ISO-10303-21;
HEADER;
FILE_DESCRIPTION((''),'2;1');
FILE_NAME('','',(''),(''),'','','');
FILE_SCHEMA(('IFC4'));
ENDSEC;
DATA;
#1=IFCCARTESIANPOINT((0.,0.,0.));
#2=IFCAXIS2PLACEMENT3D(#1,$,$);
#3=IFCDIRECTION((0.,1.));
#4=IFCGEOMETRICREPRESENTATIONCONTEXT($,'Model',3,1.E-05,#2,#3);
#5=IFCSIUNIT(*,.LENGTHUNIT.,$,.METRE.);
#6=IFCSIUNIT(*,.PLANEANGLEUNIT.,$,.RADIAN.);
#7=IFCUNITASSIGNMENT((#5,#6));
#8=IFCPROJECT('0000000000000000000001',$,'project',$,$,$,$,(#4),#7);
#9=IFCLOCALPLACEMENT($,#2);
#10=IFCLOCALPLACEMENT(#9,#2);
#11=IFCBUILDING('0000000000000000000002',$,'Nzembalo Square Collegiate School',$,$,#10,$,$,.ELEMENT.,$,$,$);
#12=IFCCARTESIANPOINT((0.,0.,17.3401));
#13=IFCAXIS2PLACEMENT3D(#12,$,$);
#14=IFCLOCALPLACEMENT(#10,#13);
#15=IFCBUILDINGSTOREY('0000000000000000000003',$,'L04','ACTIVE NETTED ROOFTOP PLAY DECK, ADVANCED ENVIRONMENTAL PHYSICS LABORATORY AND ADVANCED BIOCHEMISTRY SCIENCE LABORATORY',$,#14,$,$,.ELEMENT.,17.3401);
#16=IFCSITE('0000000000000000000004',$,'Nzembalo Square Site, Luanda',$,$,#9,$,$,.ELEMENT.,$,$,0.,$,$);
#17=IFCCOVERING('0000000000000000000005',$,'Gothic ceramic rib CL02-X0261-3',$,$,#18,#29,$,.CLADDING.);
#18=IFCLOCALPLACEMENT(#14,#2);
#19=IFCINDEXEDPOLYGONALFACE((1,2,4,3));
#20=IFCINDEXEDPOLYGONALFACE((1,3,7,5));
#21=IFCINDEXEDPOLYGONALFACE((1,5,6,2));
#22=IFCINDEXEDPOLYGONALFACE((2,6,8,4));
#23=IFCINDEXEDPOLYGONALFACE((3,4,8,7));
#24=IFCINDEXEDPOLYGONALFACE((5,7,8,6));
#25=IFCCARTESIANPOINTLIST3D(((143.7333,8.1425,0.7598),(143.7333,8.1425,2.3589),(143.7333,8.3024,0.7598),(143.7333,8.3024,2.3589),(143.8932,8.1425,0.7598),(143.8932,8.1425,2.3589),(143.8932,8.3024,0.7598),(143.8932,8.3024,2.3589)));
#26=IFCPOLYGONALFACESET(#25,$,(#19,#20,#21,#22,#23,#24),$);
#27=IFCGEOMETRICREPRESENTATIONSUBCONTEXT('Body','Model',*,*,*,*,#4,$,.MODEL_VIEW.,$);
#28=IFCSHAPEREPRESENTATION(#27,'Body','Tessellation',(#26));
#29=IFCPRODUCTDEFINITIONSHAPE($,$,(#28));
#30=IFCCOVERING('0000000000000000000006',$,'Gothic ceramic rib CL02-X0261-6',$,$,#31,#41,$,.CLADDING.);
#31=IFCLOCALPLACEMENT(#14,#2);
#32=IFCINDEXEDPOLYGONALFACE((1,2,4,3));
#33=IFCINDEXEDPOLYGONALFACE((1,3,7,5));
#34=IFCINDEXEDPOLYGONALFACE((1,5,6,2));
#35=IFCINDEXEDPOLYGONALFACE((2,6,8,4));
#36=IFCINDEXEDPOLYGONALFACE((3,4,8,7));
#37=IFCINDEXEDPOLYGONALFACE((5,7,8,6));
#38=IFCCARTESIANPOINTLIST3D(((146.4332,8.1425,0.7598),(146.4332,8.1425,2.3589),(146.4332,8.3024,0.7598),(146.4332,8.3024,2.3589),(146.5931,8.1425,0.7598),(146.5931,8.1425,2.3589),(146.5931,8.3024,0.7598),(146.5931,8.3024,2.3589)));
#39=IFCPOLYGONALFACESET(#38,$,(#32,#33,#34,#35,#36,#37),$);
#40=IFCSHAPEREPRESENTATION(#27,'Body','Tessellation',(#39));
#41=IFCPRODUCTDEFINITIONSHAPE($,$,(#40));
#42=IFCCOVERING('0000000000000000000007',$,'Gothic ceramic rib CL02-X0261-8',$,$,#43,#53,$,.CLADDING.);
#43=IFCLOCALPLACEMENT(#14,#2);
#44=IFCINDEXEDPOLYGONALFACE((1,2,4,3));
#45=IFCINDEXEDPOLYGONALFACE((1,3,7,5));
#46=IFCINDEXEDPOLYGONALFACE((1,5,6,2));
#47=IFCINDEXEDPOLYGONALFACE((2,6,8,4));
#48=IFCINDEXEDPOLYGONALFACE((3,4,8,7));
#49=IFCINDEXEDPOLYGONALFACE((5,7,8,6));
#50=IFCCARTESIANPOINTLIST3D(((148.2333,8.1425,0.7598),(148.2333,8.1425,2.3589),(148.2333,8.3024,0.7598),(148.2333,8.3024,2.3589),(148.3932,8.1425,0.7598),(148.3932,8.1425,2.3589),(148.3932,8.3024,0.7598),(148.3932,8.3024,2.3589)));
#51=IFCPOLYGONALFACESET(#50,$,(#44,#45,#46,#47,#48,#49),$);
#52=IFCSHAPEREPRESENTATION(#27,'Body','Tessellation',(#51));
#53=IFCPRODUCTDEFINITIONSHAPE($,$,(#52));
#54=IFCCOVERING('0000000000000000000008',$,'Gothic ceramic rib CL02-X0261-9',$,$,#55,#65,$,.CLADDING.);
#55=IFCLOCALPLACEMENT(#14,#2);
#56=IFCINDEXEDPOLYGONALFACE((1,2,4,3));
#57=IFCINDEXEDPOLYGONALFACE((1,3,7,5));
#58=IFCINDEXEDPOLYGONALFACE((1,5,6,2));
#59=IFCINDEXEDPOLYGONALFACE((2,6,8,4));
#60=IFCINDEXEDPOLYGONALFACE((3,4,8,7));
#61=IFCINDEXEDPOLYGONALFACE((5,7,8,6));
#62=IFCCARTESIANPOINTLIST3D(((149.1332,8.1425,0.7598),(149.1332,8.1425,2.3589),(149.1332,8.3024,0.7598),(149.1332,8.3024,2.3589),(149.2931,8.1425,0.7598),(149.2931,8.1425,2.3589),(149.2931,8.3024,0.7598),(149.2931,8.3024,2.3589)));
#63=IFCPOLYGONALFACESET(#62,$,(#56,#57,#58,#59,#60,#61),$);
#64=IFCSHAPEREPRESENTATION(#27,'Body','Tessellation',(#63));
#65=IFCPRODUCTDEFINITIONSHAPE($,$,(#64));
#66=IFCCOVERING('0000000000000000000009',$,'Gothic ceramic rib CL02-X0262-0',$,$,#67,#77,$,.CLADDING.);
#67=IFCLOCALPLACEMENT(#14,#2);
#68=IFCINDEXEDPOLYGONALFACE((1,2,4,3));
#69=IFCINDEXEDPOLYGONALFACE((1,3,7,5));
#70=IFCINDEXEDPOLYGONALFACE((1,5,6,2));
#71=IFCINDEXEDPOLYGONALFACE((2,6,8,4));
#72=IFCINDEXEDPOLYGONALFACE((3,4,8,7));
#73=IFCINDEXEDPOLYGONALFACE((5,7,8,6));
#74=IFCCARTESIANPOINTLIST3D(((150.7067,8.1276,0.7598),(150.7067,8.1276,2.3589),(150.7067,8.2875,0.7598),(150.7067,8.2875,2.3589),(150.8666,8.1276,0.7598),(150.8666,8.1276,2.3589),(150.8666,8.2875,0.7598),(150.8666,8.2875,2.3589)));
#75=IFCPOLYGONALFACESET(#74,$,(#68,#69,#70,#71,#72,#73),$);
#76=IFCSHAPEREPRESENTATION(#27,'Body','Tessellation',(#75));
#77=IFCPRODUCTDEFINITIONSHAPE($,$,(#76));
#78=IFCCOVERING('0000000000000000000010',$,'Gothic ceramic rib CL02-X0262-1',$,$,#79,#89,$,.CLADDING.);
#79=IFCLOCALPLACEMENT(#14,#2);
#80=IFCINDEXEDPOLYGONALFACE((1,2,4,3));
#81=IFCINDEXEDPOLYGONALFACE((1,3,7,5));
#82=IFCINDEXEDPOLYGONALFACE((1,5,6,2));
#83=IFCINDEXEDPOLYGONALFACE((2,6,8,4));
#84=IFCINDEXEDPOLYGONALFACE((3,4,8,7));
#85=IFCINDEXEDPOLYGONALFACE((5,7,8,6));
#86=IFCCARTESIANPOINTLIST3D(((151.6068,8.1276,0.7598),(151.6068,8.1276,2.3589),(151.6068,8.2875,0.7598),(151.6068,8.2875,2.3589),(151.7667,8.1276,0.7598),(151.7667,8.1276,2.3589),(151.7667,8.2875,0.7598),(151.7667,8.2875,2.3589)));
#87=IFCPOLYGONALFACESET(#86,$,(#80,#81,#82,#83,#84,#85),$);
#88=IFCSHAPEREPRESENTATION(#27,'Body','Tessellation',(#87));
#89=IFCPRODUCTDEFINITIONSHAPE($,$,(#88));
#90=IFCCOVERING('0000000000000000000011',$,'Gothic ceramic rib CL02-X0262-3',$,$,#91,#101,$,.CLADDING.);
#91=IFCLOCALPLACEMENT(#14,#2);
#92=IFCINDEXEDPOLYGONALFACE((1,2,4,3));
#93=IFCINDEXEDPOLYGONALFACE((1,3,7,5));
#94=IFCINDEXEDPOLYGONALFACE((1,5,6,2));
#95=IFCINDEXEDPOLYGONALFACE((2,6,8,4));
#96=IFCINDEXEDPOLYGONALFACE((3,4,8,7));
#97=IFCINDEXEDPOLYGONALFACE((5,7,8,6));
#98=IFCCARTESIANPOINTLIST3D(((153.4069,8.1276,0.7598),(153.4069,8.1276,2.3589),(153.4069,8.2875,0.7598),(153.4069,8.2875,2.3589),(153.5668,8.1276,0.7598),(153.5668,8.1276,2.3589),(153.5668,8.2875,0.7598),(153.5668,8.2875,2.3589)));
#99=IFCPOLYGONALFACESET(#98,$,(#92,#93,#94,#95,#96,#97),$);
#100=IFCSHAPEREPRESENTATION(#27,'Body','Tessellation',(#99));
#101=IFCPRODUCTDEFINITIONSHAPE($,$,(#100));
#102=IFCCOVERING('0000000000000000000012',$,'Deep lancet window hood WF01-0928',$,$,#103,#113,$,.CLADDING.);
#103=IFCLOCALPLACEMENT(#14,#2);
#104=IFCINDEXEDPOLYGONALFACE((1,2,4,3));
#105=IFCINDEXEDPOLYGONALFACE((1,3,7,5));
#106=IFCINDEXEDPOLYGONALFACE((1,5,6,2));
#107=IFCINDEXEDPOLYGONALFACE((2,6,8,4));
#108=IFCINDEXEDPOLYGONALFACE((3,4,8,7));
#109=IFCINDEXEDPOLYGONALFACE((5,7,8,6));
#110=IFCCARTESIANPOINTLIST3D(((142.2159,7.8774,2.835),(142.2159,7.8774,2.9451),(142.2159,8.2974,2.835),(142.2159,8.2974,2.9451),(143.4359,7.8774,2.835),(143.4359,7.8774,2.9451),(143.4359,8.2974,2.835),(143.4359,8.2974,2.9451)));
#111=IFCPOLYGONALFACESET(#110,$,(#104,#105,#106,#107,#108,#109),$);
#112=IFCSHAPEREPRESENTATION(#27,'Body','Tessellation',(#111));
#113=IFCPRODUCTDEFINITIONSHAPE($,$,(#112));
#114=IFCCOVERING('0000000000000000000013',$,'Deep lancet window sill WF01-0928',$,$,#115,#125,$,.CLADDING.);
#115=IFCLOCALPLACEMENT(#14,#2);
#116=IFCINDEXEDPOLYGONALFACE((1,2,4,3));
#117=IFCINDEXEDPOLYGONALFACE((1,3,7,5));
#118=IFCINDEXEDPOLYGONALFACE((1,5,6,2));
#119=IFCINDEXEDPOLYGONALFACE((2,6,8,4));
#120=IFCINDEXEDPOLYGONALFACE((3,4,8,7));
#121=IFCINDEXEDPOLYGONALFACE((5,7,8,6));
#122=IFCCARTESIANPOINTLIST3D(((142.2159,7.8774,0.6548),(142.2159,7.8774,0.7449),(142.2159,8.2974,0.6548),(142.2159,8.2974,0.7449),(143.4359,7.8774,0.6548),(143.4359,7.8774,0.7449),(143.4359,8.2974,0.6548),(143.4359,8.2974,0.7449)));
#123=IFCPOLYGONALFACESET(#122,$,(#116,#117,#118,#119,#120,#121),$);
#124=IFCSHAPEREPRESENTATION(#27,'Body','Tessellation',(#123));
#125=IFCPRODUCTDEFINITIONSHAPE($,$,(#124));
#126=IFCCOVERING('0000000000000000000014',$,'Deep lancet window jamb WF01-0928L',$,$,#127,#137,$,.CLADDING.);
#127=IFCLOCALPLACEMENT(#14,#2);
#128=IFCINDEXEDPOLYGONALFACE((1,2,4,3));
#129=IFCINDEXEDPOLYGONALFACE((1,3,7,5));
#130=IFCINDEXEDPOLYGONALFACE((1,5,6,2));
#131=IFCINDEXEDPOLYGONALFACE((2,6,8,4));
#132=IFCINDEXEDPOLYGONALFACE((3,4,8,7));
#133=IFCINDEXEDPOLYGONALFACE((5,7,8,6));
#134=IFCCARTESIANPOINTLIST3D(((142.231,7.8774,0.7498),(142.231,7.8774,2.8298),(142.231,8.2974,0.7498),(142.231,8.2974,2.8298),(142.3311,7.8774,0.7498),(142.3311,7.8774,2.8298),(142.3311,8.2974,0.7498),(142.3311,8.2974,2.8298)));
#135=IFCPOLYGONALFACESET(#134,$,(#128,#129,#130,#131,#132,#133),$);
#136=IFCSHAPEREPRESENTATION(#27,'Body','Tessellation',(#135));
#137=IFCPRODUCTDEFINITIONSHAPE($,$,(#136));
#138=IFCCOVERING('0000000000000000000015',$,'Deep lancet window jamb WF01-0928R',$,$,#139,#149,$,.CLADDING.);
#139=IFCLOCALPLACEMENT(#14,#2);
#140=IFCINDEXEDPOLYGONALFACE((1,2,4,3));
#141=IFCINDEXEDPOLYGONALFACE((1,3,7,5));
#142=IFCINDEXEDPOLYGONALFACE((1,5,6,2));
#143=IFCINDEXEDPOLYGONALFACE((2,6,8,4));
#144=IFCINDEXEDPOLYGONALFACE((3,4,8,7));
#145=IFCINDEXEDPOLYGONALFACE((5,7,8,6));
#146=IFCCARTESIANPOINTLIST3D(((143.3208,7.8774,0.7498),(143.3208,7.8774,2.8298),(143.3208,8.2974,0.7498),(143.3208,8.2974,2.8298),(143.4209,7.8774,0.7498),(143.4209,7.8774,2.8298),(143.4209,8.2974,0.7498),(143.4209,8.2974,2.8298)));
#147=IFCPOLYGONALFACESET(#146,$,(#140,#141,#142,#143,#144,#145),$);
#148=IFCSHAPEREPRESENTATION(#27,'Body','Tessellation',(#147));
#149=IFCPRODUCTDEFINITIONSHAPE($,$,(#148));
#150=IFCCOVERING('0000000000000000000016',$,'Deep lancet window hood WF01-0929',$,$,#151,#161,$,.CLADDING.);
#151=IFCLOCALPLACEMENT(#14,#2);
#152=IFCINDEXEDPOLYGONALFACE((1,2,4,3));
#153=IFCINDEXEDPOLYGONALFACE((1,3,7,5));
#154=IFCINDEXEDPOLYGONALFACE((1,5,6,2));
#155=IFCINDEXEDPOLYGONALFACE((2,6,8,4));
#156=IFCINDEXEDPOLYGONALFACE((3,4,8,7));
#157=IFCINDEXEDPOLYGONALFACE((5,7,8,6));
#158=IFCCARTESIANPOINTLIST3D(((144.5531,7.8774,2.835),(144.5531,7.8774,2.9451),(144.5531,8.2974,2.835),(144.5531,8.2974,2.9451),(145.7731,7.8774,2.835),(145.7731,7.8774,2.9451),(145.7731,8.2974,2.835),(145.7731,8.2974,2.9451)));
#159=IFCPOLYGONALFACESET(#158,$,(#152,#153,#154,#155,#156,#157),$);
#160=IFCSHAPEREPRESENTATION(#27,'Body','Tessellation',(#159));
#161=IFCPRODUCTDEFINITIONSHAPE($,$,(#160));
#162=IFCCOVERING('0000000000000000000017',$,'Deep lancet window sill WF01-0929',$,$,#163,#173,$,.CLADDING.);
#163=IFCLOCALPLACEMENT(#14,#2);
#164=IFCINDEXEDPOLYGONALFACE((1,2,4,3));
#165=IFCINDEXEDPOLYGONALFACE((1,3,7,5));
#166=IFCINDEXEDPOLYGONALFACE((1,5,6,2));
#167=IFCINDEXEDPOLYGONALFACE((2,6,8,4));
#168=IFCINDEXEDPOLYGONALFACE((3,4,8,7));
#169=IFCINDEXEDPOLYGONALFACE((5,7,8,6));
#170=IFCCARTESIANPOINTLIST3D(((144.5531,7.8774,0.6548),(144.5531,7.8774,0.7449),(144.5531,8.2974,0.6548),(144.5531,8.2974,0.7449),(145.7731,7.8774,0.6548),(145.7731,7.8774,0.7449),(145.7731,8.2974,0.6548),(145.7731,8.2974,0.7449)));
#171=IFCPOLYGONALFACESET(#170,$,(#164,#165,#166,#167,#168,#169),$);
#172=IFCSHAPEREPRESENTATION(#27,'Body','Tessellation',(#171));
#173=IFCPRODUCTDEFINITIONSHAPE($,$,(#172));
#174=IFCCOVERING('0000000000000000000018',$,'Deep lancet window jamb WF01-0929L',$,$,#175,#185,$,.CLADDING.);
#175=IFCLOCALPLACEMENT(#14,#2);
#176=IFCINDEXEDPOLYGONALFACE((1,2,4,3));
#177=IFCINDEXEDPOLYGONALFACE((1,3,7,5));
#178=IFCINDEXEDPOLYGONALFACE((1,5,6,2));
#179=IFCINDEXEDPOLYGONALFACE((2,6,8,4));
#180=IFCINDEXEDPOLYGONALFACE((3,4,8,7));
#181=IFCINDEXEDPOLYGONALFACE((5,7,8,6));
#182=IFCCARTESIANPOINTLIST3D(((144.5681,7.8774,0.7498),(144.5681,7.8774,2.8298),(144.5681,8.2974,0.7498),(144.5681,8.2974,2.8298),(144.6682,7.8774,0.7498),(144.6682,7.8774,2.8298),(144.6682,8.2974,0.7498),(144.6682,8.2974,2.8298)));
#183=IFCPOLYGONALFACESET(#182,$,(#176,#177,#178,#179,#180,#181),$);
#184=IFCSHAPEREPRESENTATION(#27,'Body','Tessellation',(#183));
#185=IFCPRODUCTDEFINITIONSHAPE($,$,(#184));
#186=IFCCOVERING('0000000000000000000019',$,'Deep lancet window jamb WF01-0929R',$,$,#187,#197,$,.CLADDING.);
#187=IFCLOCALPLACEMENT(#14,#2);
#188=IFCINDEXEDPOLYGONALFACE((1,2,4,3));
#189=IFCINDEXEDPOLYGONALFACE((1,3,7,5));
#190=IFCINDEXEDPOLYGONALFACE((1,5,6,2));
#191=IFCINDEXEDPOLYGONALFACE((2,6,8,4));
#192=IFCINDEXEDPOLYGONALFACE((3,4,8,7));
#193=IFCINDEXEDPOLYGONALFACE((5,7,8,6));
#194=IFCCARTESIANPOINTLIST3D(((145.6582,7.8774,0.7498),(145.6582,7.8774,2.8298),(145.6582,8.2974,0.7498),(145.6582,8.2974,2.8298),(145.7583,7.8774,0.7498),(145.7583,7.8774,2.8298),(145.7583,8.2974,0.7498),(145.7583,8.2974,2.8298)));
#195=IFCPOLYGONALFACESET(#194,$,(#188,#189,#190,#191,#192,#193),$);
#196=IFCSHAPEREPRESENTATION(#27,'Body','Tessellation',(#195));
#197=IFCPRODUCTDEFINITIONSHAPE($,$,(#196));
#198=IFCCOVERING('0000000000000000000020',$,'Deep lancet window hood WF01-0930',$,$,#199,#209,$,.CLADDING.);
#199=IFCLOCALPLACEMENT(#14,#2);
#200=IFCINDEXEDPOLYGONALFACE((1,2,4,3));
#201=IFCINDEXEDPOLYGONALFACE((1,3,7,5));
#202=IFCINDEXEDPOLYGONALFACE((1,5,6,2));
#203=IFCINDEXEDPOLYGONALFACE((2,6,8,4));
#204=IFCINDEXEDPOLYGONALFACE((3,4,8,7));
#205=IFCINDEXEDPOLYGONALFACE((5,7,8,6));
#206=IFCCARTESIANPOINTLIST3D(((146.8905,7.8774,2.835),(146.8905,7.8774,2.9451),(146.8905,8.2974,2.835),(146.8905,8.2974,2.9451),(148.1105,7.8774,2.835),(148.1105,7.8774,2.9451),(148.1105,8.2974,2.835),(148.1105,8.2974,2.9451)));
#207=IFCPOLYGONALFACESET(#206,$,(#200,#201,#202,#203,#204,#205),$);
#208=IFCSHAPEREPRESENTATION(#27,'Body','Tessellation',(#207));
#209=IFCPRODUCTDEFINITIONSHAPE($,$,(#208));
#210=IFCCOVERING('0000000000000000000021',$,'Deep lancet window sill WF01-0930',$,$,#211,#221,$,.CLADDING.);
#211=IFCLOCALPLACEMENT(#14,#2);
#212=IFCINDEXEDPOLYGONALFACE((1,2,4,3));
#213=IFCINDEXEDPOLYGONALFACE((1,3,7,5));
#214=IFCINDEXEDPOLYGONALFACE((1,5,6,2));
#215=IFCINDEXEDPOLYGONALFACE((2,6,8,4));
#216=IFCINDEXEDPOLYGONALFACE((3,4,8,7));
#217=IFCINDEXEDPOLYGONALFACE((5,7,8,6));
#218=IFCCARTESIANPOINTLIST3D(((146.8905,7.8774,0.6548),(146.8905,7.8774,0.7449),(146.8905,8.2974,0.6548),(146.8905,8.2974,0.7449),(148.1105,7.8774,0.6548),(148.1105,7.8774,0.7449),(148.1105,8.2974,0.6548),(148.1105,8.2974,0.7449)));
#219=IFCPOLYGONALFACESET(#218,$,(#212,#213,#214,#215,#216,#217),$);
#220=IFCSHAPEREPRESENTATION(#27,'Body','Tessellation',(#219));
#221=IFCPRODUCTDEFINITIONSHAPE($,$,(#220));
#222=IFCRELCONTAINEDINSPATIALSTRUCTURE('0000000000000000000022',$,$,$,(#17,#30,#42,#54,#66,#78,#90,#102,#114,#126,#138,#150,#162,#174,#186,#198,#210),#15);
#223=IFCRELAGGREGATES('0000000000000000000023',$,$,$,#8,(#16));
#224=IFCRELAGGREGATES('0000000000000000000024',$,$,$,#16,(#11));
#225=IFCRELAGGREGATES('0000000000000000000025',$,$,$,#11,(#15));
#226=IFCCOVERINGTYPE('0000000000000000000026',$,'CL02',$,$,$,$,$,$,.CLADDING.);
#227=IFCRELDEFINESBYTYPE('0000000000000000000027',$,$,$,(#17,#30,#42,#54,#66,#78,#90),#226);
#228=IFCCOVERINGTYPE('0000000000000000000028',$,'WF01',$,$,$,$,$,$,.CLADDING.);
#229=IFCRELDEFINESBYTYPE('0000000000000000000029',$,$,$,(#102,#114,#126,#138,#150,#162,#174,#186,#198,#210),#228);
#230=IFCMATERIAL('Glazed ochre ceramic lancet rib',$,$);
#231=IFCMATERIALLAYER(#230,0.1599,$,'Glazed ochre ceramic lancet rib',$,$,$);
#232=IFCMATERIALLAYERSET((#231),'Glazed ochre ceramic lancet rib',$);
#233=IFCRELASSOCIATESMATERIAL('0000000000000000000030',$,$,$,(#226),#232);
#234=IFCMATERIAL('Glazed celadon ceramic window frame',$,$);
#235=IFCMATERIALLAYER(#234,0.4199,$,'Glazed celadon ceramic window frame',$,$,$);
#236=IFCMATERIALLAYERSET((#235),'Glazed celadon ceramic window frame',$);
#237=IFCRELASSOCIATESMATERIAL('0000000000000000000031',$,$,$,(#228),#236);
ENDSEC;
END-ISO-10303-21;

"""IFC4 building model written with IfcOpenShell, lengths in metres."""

from ifc_helpers import new_model, si_unit, direction, frame, origin, origin_2d, place, context, subcontext, project, spatial, rectangle, extrude, material, layer, layer_set, type_object, element, save


model = new_model("IFC4")

# Units and contexts
model_context = context("Model", 3, precision=1e-05, world=origin(), true_north=direction((0.0, 1.0)))
body_context = subcontext(model_context, "Body", "Model", "MODEL_VIEW")
ifc_project = project(units=[si_unit("LENGTHUNIT", "METRE"), si_unit("PLANEANGLEUNIT", "RADIAN")], contexts=[model_context])

# Site, building, storey
site_placement = place(None, origin())
site = spatial("IfcSite", under=ifc_project, at=site_placement, Name="Nzembalo Square Site, Luanda", CompositionType="ELEMENT", RefElevation=0.0)
building_placement = place(site_placement, origin())
building = spatial("IfcBuilding", under=site, at=building_placement, Name="Nzembalo Square Collegiate School", CompositionType="ELEMENT")
storey_placement = place(building_placement, frame((0.0, 0.0, 17.3401)))
storey = spatial("IfcBuildingStorey", under=building, at=storey_placement, Name="L04", Description="ACTIVE NETTED ROOFTOP PLAY DECK, ADVANCED ENVIRONMENTAL PHYSICS LABORATORY AND ADVANCED BIOCHEMISTRY SCIENCE LABORATORY", CompositionType="ELEMENT", Elevation=17.3401)

# Coverings
ifc_material_1 = material(Name="Glazed ochre ceramic lancet rib")
ifc_layer_1 = layer(ifc_material_1, 0.1599, Name="Glazed ochre ceramic lancet rib")
ifc_layer_set_1 = layer_set([ifc_layer_1], Name="Glazed ochre ceramic lancet rib")
covering_type_1 = type_object("IfcCoveringType", Name="CL02", PredefinedType="CLADDING", material=ifc_layer_set_1)
for number, where, z_axis, x_axis, name in (
    (1, (143.8132, 8.2224, 0.7598), (0.0, 0.0, 1.0), (1.0, 0.0, 0.0), "Gothic ceramic rib CL02-X0261-3"),
    (2, (146.5132, 8.2224, 0.7598), (0.0, 0.0, 1.0), (1.0, 0.0, 0.0), "Gothic ceramic rib CL02-X0261-6"),
    (3, (148.3132, 8.2224, 0.7598), (0.0, 0.0, 1.0), (1.0, 0.0, 0.0), "Gothic ceramic rib CL02-X0261-8"),
    (4, (149.2131, 8.2224, 0.7598), (0.0, 0.0, 1.0), (1.0, 0.0, 0.0), "Gothic ceramic rib CL02-X0261-9"),
    (5, (150.7866, 8.2075, 0.7598), (0.0, 0.0, 1.0), (1.0, 0.0, 0.0), "Gothic ceramic rib CL02-X0262-0"),
    (6, (151.6868, 8.2075, 0.7598), (0.0, 0.0, 1.0), (1.0, 0.0, 0.0), "Gothic ceramic rib CL02-X0262-1"),
    (7, (153.4868, 8.2075, 0.7598), (0.0, 0.0, 1.0), (1.0, 0.0, 0.0), "Gothic ceramic rib CL02-X0262-3"),
):
    element("IfcCovering", number, at=place(storey_placement, frame(where, z_axis=z_axis, x_axis=x_axis)), inside=storey, type_object=covering_type_1, Name=name, PredefinedType="CLADDING", context=body_context, shape_type="SweptSolid", body=[
        extrude(rectangle(XDim=0.1599, YDim=0.1599, at=origin_2d()), origin(), (0.0, 0.0, 1.0), 1.5991),
    ])
ifc_material_2 = material(Name="Glazed celadon ceramic window frame")
ifc_layer_2 = layer(ifc_material_2, 0.4199, Name="Glazed celadon ceramic window frame")
ifc_layer_set_2 = layer_set([ifc_layer_2], Name="Glazed celadon ceramic window frame")
covering_type_2 = type_object("IfcCoveringType", Name="WF01", PredefinedType="CLADDING", material=ifc_layer_set_2)
covering_1_placement = place(storey_placement, frame((142.8259, 8.0874, 2.835), z_axis=(0.0, 0.0, 1.0), x_axis=(1.0, 0.0, 0.0)))
element("IfcCovering", 8, at=covering_1_placement, inside=storey, type_object=covering_type_2, Name="Deep lancet window hood WF01-0928", PredefinedType="CLADDING", context=body_context, shape_type="SweptSolid", body=[
    extrude(rectangle(XDim=1.22, YDim=0.4199, at=origin_2d()), origin(), (0.0, 0.0, 1.0), 0.1101),
])
covering_2_placement = place(storey_placement, frame((142.8259, 8.0874, 0.6548), z_axis=(0.0, 0.0, 1.0), x_axis=(1.0, 0.0, 0.0)))
element("IfcCovering", 9, at=covering_2_placement, inside=storey, type_object=covering_type_2, Name="Deep lancet window sill WF01-0928", PredefinedType="CLADDING", context=body_context, shape_type="SweptSolid", body=[
    extrude(rectangle(XDim=1.22, YDim=0.4199, at=origin_2d()), origin(), (0.0, 0.0, 1.0), 0.0901),
])
for number, where, z_axis, x_axis, name in (
    (10, (142.281, 8.0874, 0.7498), (0.0, 0.0, 1.0), (1.0, 0.0, 0.0), "Deep lancet window jamb WF01-0928L"),
    (11, (143.3708, 8.0874, 0.7498), (0.0, 0.0, 1.0), (1.0, 0.0, 0.0), "Deep lancet window jamb WF01-0928R"),
):
    element("IfcCovering", number, at=place(storey_placement, frame(where, z_axis=z_axis, x_axis=x_axis)), inside=storey, type_object=covering_type_2, Name=name, PredefinedType="CLADDING", context=body_context, shape_type="SweptSolid", body=[
        extrude(rectangle(XDim=0.1001, YDim=0.4199, at=origin_2d()), origin(), (0.0, 0.0, 1.0), 2.0801),
    ])
covering_3_placement = place(storey_placement, frame((145.1631, 8.0874, 2.835), z_axis=(0.0, 0.0, 1.0), x_axis=(1.0, 0.0, 0.0)))
element("IfcCovering", 12, at=covering_3_placement, inside=storey, type_object=covering_type_2, Name="Deep lancet window hood WF01-0929", PredefinedType="CLADDING", context=body_context, shape_type="SweptSolid", body=[
    extrude(rectangle(XDim=1.22, YDim=0.4199, at=origin_2d()), origin(), (0.0, 0.0, 1.0), 0.1101),
])
covering_4_placement = place(storey_placement, frame((145.1631, 8.0874, 0.6548), z_axis=(0.0, 0.0, 1.0), x_axis=(1.0, 0.0, 0.0)))
element("IfcCovering", 13, at=covering_4_placement, inside=storey, type_object=covering_type_2, Name="Deep lancet window sill WF01-0929", PredefinedType="CLADDING", context=body_context, shape_type="SweptSolid", body=[
    extrude(rectangle(XDim=1.22, YDim=0.4199, at=origin_2d()), origin(), (0.0, 0.0, 1.0), 0.0901),
])
for number, where, z_axis, x_axis, name in (
    (14, (144.6182, 8.0874, 0.7498), (0.0, 0.0, 1.0), (1.0, 0.0, 0.0), "Deep lancet window jamb WF01-0929L"),
    (15, (145.7083, 8.0874, 0.7498), (0.0, 0.0, 1.0), (1.0, 0.0, 0.0), "Deep lancet window jamb WF01-0929R"),
):
    element("IfcCovering", number, at=place(storey_placement, frame(where, z_axis=z_axis, x_axis=x_axis)), inside=storey, type_object=covering_type_2, Name=name, PredefinedType="CLADDING", context=body_context, shape_type="SweptSolid", body=[
        extrude(rectangle(XDim=0.1001, YDim=0.4199, at=origin_2d()), origin(), (0.0, 0.0, 1.0), 2.0801),
    ])
covering_5_placement = place(storey_placement, frame((147.5005, 8.0874, 2.835), z_axis=(0.0, 0.0, 1.0), x_axis=(1.0, 0.0, 0.0)))
element("IfcCovering", 16, at=covering_5_placement, inside=storey, type_object=covering_type_2, Name="Deep lancet window hood WF01-0930", PredefinedType="CLADDING", context=body_context, shape_type="SweptSolid", body=[
    extrude(rectangle(XDim=1.22, YDim=0.4199, at=origin_2d()), origin(), (0.0, 0.0, 1.0), 0.1101),
])
covering_6_placement = place(storey_placement, frame((147.5005, 8.0874, 0.6548), z_axis=(0.0, 0.0, 1.0), x_axis=(1.0, 0.0, 0.0)))
element("IfcCovering", 17, at=covering_6_placement, inside=storey, type_object=covering_type_2, Name="Deep lancet window sill WF01-0930", PredefinedType="CLADDING", context=body_context, shape_type="SweptSolid", body=[
    extrude(rectangle(XDim=1.22, YDim=0.4199, at=origin_2d()), origin(), (0.0, 0.0, 1.0), 0.0901),
])

save(model, "model.ifc")
